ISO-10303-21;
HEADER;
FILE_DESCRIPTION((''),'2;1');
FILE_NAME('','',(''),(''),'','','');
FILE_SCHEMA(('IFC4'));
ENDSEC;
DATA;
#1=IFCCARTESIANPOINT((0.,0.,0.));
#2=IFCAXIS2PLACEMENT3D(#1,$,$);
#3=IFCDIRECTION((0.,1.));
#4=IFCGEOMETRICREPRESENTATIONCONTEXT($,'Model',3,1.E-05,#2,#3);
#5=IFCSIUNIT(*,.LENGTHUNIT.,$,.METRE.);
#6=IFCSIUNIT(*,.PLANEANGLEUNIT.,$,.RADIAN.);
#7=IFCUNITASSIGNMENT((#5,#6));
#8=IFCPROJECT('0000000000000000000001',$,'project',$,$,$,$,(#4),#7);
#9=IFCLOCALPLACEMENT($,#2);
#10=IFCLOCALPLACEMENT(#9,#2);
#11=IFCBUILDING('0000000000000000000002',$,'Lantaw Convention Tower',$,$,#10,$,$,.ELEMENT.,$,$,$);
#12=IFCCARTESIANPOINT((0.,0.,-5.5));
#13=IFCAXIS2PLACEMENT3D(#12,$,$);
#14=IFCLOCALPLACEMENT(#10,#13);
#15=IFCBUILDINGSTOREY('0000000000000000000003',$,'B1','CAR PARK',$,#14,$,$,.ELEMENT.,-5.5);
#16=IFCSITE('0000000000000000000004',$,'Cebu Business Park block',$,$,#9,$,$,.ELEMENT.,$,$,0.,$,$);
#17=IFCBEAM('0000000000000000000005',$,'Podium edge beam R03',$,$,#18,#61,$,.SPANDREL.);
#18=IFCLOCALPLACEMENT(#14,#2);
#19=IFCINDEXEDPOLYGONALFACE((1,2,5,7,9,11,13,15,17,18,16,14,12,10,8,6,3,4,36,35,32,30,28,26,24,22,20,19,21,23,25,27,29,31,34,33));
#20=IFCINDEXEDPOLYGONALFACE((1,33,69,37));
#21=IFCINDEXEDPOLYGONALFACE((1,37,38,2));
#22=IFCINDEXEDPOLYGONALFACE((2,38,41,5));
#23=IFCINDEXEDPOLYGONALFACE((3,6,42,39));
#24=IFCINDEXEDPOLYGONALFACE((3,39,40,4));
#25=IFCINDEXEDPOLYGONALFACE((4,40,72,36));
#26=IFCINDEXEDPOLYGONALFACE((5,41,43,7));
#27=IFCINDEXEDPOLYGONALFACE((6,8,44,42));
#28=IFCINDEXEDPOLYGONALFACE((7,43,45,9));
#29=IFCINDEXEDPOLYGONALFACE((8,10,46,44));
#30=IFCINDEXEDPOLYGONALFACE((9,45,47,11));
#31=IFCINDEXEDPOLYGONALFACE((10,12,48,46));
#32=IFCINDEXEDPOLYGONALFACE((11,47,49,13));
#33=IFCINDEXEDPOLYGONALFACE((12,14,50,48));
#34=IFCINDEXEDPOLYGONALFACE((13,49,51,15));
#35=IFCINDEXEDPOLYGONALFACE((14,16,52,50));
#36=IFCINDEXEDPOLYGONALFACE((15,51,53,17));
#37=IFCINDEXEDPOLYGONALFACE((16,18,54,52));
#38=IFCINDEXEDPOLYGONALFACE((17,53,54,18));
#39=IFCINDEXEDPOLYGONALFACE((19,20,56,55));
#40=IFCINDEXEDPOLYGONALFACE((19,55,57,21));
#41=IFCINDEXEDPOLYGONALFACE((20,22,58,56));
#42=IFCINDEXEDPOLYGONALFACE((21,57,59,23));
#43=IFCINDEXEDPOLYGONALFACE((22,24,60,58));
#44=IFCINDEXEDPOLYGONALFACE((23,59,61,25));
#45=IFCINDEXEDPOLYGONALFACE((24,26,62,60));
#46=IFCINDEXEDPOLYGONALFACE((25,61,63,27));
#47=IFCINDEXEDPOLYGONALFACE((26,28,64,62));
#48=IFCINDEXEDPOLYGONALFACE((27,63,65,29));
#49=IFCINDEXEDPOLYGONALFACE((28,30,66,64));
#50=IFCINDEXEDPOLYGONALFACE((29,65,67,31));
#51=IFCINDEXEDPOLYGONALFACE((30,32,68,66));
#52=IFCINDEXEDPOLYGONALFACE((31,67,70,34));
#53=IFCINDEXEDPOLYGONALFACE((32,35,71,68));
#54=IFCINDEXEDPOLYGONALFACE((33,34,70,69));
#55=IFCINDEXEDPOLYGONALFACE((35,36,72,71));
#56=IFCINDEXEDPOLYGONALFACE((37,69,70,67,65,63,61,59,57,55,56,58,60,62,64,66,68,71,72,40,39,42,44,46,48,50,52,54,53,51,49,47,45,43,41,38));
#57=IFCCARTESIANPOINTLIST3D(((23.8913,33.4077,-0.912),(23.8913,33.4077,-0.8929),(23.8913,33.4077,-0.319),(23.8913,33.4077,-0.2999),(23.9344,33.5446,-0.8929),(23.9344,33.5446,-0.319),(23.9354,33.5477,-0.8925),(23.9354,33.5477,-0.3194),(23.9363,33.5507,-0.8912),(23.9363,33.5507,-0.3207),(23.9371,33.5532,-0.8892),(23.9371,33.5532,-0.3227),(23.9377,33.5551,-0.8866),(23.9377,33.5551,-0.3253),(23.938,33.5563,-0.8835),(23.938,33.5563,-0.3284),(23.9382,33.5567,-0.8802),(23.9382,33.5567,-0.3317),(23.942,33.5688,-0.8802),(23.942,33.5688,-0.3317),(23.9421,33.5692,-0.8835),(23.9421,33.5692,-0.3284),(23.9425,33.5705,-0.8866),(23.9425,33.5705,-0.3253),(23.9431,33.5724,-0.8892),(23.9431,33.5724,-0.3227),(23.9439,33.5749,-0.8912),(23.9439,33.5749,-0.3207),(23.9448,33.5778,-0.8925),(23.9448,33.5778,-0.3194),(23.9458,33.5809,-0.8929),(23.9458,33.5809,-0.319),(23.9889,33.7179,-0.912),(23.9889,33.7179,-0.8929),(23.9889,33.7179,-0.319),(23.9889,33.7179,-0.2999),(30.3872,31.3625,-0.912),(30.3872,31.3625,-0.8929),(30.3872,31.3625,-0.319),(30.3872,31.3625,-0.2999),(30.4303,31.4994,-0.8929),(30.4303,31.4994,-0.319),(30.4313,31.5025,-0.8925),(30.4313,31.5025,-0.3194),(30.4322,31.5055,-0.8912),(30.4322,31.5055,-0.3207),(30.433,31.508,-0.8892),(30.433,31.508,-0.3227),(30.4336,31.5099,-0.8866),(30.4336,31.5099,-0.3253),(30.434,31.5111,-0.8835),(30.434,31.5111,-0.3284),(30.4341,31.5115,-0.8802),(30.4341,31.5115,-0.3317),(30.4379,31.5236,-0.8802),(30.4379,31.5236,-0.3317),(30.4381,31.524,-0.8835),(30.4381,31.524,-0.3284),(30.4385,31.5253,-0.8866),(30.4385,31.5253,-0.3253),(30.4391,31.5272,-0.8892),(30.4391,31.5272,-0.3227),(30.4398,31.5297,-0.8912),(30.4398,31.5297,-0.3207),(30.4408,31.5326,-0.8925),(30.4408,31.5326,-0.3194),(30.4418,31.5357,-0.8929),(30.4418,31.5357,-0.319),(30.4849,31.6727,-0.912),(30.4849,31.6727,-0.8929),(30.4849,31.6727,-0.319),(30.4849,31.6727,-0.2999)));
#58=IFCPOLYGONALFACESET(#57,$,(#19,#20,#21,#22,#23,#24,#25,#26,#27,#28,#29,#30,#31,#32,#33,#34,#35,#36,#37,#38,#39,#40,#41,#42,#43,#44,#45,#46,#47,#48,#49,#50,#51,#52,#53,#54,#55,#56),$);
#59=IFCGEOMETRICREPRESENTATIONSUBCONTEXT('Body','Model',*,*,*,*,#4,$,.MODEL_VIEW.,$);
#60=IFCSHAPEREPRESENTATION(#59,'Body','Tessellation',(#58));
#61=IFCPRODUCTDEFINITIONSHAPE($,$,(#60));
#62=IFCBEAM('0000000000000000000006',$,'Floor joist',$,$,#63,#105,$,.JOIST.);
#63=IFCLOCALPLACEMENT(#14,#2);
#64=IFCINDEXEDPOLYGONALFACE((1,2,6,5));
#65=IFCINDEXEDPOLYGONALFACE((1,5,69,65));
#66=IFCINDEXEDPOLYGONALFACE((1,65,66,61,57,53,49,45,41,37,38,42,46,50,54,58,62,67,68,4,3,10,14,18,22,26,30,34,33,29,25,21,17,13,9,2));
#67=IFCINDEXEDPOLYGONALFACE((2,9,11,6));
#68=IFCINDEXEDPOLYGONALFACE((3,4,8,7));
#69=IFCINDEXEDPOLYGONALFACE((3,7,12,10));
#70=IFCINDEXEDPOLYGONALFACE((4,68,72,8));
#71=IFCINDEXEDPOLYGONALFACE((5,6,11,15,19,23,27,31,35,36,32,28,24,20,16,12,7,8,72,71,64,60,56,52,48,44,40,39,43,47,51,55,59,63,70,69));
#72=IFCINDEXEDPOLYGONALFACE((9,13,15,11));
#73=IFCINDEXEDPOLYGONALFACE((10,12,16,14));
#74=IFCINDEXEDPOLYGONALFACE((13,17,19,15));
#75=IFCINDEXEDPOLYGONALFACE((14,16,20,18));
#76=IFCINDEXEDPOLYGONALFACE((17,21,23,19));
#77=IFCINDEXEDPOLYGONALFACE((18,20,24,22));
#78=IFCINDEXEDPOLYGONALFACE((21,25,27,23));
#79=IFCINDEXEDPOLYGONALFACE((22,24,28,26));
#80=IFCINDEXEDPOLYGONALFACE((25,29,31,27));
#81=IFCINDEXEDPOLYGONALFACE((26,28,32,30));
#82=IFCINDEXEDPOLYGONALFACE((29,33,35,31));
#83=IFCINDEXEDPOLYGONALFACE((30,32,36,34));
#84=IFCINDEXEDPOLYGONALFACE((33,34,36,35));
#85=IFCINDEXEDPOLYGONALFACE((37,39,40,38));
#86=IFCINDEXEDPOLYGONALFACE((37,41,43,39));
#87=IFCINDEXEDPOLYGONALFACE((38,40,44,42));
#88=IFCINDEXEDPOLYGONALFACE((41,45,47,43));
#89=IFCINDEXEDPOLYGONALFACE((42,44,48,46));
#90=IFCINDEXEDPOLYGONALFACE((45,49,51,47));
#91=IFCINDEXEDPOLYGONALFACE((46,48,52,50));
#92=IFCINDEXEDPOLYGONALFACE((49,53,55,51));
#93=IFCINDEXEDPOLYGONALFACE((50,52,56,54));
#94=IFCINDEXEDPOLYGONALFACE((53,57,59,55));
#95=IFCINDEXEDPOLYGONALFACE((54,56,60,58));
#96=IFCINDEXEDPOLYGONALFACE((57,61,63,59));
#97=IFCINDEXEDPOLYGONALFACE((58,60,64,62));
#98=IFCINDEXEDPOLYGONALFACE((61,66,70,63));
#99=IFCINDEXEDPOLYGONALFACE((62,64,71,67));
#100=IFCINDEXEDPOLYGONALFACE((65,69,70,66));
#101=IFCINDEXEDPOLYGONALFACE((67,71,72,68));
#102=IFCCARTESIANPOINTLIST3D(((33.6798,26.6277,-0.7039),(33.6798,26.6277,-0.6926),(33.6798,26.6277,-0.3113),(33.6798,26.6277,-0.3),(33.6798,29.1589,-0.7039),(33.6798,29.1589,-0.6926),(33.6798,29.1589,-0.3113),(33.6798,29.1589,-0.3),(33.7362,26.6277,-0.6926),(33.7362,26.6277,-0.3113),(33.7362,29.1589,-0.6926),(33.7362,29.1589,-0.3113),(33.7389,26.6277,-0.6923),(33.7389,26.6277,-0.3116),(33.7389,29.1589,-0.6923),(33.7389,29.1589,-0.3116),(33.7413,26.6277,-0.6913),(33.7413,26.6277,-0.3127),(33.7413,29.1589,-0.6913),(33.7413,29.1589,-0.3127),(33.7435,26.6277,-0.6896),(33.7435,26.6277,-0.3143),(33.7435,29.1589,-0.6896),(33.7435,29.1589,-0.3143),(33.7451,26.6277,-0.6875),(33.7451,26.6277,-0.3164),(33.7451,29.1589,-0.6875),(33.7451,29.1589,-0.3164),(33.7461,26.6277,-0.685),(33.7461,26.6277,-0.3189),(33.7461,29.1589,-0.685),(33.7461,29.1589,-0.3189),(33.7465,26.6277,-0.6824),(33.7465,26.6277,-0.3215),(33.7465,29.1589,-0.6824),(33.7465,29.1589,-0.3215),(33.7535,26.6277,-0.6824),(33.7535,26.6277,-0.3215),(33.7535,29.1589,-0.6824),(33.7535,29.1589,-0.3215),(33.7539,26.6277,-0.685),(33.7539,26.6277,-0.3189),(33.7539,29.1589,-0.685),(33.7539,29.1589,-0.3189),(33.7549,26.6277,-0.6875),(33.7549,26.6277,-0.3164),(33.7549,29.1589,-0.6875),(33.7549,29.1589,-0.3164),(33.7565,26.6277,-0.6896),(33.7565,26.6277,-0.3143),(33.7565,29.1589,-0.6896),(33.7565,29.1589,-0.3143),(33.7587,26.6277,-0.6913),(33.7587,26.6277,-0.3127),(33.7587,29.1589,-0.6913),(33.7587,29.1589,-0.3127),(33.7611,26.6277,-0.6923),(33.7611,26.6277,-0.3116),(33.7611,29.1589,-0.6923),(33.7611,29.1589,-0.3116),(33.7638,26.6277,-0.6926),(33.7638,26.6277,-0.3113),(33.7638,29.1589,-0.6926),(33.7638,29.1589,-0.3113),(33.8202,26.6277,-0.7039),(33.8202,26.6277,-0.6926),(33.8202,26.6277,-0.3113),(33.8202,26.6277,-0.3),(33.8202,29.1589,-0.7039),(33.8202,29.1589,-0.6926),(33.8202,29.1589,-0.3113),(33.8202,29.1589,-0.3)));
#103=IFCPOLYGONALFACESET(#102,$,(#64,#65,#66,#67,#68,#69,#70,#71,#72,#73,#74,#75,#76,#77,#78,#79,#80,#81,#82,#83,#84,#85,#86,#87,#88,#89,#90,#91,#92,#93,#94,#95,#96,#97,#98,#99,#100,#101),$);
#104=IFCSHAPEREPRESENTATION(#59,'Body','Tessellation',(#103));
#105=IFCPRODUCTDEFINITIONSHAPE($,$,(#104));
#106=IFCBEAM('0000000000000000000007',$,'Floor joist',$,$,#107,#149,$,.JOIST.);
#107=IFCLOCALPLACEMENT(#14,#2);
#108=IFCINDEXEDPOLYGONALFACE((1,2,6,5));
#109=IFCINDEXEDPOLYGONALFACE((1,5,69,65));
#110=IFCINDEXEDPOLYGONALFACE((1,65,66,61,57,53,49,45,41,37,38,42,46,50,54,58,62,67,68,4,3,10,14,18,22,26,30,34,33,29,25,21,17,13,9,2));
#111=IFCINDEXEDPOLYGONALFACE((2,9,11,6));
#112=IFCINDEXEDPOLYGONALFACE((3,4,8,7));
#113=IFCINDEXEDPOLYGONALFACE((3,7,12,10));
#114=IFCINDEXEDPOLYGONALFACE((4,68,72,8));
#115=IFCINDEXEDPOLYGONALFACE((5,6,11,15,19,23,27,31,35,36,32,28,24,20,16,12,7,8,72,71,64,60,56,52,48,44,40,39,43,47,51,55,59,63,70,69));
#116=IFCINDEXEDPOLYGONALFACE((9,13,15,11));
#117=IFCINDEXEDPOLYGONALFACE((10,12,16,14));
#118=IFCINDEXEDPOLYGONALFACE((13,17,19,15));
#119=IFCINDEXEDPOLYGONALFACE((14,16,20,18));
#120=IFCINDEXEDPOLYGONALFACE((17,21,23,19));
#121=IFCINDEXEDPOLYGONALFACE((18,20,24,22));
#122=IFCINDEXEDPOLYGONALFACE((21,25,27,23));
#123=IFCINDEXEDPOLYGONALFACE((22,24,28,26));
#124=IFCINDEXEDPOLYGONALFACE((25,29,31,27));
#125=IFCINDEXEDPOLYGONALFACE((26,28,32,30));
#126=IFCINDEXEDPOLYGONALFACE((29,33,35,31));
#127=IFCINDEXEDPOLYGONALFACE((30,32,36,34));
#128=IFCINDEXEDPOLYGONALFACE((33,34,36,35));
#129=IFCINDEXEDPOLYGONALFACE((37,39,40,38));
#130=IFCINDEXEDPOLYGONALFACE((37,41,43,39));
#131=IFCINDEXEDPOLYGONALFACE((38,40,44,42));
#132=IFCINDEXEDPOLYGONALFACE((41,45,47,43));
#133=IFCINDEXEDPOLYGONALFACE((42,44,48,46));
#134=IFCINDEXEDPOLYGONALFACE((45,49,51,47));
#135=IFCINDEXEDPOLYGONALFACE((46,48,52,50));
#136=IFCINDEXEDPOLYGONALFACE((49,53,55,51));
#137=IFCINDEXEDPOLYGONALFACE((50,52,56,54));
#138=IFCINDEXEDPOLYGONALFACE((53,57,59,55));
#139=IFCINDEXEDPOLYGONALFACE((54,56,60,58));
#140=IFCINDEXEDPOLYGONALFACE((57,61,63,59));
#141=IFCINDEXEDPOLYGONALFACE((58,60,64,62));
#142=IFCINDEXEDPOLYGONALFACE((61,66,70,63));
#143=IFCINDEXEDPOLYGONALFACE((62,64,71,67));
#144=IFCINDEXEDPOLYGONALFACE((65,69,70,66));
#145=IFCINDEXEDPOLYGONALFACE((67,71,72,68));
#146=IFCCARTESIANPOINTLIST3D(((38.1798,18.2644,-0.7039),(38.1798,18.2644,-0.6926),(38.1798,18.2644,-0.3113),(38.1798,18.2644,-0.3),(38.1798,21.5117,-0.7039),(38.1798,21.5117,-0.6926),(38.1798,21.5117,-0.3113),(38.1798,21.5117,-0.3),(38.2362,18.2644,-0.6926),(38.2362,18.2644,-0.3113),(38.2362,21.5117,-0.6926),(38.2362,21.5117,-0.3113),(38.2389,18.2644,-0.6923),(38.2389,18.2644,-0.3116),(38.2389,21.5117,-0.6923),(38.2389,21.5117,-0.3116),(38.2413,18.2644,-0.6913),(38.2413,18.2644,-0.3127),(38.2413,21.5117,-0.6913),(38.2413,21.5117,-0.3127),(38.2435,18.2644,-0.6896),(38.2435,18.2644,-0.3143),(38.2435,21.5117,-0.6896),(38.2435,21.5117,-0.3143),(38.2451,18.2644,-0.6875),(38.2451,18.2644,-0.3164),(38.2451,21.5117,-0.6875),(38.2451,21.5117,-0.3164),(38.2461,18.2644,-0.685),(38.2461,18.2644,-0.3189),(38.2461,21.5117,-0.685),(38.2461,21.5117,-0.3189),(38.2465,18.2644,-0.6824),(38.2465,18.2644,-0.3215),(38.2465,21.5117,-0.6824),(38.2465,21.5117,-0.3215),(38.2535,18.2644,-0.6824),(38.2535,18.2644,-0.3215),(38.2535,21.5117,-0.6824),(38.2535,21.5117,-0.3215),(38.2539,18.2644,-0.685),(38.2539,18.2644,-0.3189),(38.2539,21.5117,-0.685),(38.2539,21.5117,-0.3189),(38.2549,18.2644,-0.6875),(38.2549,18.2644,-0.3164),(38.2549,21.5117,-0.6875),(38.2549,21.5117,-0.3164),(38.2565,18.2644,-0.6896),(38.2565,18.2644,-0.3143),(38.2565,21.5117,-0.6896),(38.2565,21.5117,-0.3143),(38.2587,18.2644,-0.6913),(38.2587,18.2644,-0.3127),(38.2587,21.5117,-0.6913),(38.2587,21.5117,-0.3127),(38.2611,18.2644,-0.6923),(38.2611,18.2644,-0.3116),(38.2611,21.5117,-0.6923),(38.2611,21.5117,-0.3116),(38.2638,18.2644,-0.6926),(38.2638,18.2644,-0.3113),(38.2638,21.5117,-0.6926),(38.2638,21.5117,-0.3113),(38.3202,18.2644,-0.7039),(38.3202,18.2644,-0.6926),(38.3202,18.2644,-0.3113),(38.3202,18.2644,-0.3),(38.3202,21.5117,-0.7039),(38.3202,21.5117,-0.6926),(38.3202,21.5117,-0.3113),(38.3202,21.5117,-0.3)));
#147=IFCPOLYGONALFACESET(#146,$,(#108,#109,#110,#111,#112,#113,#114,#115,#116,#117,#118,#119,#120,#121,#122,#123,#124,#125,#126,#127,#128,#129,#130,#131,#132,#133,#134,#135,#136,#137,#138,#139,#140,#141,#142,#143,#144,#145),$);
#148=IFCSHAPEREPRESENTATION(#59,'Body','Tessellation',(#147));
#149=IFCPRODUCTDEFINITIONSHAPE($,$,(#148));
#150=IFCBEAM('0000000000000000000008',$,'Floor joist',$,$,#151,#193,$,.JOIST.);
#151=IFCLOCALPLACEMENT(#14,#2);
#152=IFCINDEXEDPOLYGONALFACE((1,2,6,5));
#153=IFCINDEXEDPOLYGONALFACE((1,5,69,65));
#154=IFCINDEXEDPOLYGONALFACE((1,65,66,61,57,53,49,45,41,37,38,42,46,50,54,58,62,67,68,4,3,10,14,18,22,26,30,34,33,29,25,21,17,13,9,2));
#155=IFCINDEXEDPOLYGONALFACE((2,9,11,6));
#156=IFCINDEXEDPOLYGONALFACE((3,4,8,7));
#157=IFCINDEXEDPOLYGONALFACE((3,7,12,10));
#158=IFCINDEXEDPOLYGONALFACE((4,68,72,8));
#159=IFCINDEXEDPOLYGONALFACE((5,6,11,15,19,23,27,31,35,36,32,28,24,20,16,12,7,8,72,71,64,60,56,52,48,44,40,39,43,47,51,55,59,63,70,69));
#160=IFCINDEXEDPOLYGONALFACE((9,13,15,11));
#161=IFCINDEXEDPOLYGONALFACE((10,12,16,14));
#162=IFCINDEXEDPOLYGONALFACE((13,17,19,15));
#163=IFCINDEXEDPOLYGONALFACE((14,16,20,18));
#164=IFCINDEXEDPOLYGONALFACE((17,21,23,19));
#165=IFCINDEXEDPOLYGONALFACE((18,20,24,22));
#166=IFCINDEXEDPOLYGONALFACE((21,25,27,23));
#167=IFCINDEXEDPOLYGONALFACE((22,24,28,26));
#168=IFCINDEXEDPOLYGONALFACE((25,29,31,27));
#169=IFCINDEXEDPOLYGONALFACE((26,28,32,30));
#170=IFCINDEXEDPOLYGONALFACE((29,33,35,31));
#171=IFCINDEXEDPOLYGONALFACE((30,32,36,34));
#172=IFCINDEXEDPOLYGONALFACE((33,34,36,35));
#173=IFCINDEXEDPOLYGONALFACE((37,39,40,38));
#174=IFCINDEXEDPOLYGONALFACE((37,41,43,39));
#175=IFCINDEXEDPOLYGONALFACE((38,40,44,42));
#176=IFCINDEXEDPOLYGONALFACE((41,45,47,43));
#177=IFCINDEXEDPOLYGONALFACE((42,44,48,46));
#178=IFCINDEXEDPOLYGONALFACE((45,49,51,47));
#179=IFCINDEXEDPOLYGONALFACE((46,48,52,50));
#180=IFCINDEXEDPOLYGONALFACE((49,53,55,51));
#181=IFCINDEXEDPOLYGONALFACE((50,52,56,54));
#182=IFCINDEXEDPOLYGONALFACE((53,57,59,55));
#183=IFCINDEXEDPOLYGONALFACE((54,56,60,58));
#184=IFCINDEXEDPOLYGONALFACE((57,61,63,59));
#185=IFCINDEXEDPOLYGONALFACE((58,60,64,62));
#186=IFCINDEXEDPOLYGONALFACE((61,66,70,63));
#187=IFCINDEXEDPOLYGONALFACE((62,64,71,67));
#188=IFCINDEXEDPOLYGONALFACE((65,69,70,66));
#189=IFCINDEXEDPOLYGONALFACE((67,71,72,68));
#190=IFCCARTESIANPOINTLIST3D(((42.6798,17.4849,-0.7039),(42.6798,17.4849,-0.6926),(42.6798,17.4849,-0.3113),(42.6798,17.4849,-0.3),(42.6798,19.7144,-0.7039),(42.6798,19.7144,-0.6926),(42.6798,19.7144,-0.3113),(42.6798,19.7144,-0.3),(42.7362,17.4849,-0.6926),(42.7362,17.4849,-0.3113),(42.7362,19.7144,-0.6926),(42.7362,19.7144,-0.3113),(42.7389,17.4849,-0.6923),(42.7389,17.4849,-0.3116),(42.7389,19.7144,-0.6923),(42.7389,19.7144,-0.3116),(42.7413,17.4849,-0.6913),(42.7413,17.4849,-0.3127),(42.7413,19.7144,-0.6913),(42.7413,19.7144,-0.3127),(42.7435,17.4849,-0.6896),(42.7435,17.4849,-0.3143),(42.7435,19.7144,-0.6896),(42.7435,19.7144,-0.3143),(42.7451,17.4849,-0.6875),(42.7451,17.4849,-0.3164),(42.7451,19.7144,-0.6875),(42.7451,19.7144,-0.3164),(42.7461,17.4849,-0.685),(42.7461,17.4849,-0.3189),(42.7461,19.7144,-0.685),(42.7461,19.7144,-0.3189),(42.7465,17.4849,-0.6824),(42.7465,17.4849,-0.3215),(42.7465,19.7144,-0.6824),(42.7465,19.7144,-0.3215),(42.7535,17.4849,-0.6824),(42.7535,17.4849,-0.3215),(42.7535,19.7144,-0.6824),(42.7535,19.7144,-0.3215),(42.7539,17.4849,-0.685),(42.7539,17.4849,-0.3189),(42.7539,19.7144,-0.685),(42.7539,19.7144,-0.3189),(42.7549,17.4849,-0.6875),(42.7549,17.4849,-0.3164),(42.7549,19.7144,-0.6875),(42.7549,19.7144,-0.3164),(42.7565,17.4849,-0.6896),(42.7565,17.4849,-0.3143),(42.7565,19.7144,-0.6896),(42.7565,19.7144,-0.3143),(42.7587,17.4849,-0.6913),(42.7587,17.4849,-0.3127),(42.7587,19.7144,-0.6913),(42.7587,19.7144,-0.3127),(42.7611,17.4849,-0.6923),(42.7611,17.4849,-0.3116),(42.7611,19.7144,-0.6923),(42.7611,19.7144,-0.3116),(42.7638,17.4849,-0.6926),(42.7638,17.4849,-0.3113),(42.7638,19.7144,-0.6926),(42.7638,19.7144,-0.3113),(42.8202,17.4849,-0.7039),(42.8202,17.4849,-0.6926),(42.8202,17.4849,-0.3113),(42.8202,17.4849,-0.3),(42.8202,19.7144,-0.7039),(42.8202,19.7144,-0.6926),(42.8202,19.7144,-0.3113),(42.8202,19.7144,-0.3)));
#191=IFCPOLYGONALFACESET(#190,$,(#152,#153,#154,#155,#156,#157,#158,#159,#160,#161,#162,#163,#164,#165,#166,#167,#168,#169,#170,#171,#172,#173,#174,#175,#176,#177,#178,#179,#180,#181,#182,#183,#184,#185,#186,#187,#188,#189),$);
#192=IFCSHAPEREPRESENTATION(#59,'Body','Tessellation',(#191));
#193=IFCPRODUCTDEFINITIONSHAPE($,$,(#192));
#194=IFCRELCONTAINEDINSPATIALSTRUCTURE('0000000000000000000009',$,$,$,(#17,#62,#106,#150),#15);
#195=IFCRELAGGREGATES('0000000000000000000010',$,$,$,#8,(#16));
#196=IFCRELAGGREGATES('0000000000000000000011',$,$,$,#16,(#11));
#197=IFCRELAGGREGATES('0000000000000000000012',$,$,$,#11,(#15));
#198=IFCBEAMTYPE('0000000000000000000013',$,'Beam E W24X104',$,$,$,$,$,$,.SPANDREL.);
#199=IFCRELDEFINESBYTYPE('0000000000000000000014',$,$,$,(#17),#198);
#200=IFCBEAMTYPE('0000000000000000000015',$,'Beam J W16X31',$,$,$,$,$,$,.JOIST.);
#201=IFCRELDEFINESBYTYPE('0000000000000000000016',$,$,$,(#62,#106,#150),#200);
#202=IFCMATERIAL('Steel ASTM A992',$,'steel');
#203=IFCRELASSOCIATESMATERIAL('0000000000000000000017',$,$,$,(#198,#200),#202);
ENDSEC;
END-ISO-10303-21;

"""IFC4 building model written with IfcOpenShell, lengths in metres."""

from ifc_helpers import new_model, si_unit, direction, frame, origin, origin_2d, place, context, subcontext, project, spatial, i_section, extrude, material, material_profile, profile_set, type_object, element, save


model = new_model("IFC4")

# Units and contexts
model_context = context("Model", 3, precision=1e-05, world=origin(), true_north=direction((0.0, 1.0)))
body_context = subcontext(model_context, "Body", "Model", "MODEL_VIEW")
ifc_project = project(units=[si_unit("LENGTHUNIT", "METRE"), si_unit("PLANEANGLEUNIT", "RADIAN")], contexts=[model_context])

# Site, building, storey
site_placement = place(None, origin())
site = spatial("IfcSite", under=ifc_project, at=site_placement, Name="Cebu Business Park block", CompositionType="ELEMENT", RefElevation=0.0)
building_placement = place(site_placement, origin())
building = spatial("IfcBuilding", under=site, at=building_placement, Name="Lantaw Convention Tower", CompositionType="ELEMENT")
storey_placement = place(building_placement, frame((0.0, 0.0, -5.5)))
storey = spatial("IfcBuildingStorey", under=building, at=storey_placement, Name="B1", Description="CAR PARK", CompositionType="ELEMENT", Elevation=-5.5)

# Beams
ifc_material_1 = material(Name="Steel ASTM A992", Category="steel")
ifc_material_profile_1 = material_profile(ifc_material_1, i_section(OverallWidth=0.3252, OverallDepth=0.6121, WebThickness=0.0127, FlangeThickness=0.019, FilletRadius=0.0127, at=origin_2d()), Name="W24X104")
ifc_profile_set_1 = profile_set([ifc_material_profile_1], Name="Steel ASTM A992")
beam_type_1 = type_object("IfcBeamType", Name="Beam E W24X104", PredefinedType="SPANDREL", material=ifc_profile_set_1)
beam_1_placement = place(storey_placement, frame((30.436, 31.5176, -0.606), z_axis=(-0.953842, 0.300309, 0.0), x_axis=(-0.300309, -0.953842, 0.0)))
element("IfcBeam", 1, at=beam_1_placement, inside=storey, type_object=beam_type_1, Name="Podium edge beam R03", PredefinedType="SPANDREL", context=body_context, shape_type="SweptSolid", body=[
    extrude(i_section(OverallWidth=0.3252, OverallDepth=0.6121, WebThickness=0.0127, FlangeThickness=0.019, FilletRadius=0.0127, at=origin_2d()), origin(), (0.0, 0.0, 1.0), 6.8103),
])
ifc_material_profile_2 = material_profile(ifc_material_1, i_section(OverallWidth=0.1404, OverallDepth=0.4038, WebThickness=0.0071, FlangeThickness=0.0112, FilletRadius=0.0103, at=origin_2d()), Name="W16X31")
ifc_profile_set_2 = profile_set([ifc_material_profile_2], Name="Steel ASTM A992")
beam_type_2 = type_object("IfcBeamType", Name="Beam J W16X31", PredefinedType="JOIST", material=ifc_profile_set_2)
beam_2_placement = place(storey_placement, frame((33.75, 26.6277, -0.502), z_axis=(0.0, 1.0, 0.0), x_axis=(-1.0, 0.0, 0.0)))
element("IfcBeam", 2, at=beam_2_placement, inside=storey, type_object=beam_type_2, Name="Floor joist", PredefinedType="JOIST", context=body_context, shape_type="SweptSolid", body=[
    extrude(i_section(OverallWidth=0.1404, OverallDepth=0.4038, WebThickness=0.0071, FlangeThickness=0.0112, FilletRadius=0.0103, at=origin_2d()), origin(), (0.0, 0.0, 1.0), 2.5312),
])
beam_3_placement = place(storey_placement, frame((38.25, 18.2644, -0.502), z_axis=(0.0, 1.0, 0.0), x_axis=(-1.0, 0.0, 0.0)))
element("IfcBeam", 3, at=beam_3_placement, inside=storey, type_object=beam_type_2, Name="Floor joist", PredefinedType="JOIST", context=body_context, shape_type="SweptSolid", body=[
    extrude(i_section(OverallWidth=0.1404, OverallDepth=0.4038, WebThickness=0.0071, FlangeThickness=0.0112, FilletRadius=0.0103, at=origin_2d()), origin(), (0.0, 0.0, 1.0), 3.2473),
])
beam_4_placement = place(storey_placement, frame((42.75, 17.4849, -0.502), z_axis=(0.0, 1.0, 0.0), x_axis=(-1.0, 0.0, 0.0)))
element("IfcBeam", 4, at=beam_4_placement, inside=storey, type_object=beam_type_2, Name="Floor joist", PredefinedType="JOIST", context=body_context, shape_type="SweptSolid", body=[
    extrude(i_section(OverallWidth=0.1404, OverallDepth=0.4038, WebThickness=0.0071, FlangeThickness=0.0112, FilletRadius=0.0103, at=origin_2d()), origin(), (0.0, 0.0, 1.0), 2.2295),
])

save(model, "model.ifc")
